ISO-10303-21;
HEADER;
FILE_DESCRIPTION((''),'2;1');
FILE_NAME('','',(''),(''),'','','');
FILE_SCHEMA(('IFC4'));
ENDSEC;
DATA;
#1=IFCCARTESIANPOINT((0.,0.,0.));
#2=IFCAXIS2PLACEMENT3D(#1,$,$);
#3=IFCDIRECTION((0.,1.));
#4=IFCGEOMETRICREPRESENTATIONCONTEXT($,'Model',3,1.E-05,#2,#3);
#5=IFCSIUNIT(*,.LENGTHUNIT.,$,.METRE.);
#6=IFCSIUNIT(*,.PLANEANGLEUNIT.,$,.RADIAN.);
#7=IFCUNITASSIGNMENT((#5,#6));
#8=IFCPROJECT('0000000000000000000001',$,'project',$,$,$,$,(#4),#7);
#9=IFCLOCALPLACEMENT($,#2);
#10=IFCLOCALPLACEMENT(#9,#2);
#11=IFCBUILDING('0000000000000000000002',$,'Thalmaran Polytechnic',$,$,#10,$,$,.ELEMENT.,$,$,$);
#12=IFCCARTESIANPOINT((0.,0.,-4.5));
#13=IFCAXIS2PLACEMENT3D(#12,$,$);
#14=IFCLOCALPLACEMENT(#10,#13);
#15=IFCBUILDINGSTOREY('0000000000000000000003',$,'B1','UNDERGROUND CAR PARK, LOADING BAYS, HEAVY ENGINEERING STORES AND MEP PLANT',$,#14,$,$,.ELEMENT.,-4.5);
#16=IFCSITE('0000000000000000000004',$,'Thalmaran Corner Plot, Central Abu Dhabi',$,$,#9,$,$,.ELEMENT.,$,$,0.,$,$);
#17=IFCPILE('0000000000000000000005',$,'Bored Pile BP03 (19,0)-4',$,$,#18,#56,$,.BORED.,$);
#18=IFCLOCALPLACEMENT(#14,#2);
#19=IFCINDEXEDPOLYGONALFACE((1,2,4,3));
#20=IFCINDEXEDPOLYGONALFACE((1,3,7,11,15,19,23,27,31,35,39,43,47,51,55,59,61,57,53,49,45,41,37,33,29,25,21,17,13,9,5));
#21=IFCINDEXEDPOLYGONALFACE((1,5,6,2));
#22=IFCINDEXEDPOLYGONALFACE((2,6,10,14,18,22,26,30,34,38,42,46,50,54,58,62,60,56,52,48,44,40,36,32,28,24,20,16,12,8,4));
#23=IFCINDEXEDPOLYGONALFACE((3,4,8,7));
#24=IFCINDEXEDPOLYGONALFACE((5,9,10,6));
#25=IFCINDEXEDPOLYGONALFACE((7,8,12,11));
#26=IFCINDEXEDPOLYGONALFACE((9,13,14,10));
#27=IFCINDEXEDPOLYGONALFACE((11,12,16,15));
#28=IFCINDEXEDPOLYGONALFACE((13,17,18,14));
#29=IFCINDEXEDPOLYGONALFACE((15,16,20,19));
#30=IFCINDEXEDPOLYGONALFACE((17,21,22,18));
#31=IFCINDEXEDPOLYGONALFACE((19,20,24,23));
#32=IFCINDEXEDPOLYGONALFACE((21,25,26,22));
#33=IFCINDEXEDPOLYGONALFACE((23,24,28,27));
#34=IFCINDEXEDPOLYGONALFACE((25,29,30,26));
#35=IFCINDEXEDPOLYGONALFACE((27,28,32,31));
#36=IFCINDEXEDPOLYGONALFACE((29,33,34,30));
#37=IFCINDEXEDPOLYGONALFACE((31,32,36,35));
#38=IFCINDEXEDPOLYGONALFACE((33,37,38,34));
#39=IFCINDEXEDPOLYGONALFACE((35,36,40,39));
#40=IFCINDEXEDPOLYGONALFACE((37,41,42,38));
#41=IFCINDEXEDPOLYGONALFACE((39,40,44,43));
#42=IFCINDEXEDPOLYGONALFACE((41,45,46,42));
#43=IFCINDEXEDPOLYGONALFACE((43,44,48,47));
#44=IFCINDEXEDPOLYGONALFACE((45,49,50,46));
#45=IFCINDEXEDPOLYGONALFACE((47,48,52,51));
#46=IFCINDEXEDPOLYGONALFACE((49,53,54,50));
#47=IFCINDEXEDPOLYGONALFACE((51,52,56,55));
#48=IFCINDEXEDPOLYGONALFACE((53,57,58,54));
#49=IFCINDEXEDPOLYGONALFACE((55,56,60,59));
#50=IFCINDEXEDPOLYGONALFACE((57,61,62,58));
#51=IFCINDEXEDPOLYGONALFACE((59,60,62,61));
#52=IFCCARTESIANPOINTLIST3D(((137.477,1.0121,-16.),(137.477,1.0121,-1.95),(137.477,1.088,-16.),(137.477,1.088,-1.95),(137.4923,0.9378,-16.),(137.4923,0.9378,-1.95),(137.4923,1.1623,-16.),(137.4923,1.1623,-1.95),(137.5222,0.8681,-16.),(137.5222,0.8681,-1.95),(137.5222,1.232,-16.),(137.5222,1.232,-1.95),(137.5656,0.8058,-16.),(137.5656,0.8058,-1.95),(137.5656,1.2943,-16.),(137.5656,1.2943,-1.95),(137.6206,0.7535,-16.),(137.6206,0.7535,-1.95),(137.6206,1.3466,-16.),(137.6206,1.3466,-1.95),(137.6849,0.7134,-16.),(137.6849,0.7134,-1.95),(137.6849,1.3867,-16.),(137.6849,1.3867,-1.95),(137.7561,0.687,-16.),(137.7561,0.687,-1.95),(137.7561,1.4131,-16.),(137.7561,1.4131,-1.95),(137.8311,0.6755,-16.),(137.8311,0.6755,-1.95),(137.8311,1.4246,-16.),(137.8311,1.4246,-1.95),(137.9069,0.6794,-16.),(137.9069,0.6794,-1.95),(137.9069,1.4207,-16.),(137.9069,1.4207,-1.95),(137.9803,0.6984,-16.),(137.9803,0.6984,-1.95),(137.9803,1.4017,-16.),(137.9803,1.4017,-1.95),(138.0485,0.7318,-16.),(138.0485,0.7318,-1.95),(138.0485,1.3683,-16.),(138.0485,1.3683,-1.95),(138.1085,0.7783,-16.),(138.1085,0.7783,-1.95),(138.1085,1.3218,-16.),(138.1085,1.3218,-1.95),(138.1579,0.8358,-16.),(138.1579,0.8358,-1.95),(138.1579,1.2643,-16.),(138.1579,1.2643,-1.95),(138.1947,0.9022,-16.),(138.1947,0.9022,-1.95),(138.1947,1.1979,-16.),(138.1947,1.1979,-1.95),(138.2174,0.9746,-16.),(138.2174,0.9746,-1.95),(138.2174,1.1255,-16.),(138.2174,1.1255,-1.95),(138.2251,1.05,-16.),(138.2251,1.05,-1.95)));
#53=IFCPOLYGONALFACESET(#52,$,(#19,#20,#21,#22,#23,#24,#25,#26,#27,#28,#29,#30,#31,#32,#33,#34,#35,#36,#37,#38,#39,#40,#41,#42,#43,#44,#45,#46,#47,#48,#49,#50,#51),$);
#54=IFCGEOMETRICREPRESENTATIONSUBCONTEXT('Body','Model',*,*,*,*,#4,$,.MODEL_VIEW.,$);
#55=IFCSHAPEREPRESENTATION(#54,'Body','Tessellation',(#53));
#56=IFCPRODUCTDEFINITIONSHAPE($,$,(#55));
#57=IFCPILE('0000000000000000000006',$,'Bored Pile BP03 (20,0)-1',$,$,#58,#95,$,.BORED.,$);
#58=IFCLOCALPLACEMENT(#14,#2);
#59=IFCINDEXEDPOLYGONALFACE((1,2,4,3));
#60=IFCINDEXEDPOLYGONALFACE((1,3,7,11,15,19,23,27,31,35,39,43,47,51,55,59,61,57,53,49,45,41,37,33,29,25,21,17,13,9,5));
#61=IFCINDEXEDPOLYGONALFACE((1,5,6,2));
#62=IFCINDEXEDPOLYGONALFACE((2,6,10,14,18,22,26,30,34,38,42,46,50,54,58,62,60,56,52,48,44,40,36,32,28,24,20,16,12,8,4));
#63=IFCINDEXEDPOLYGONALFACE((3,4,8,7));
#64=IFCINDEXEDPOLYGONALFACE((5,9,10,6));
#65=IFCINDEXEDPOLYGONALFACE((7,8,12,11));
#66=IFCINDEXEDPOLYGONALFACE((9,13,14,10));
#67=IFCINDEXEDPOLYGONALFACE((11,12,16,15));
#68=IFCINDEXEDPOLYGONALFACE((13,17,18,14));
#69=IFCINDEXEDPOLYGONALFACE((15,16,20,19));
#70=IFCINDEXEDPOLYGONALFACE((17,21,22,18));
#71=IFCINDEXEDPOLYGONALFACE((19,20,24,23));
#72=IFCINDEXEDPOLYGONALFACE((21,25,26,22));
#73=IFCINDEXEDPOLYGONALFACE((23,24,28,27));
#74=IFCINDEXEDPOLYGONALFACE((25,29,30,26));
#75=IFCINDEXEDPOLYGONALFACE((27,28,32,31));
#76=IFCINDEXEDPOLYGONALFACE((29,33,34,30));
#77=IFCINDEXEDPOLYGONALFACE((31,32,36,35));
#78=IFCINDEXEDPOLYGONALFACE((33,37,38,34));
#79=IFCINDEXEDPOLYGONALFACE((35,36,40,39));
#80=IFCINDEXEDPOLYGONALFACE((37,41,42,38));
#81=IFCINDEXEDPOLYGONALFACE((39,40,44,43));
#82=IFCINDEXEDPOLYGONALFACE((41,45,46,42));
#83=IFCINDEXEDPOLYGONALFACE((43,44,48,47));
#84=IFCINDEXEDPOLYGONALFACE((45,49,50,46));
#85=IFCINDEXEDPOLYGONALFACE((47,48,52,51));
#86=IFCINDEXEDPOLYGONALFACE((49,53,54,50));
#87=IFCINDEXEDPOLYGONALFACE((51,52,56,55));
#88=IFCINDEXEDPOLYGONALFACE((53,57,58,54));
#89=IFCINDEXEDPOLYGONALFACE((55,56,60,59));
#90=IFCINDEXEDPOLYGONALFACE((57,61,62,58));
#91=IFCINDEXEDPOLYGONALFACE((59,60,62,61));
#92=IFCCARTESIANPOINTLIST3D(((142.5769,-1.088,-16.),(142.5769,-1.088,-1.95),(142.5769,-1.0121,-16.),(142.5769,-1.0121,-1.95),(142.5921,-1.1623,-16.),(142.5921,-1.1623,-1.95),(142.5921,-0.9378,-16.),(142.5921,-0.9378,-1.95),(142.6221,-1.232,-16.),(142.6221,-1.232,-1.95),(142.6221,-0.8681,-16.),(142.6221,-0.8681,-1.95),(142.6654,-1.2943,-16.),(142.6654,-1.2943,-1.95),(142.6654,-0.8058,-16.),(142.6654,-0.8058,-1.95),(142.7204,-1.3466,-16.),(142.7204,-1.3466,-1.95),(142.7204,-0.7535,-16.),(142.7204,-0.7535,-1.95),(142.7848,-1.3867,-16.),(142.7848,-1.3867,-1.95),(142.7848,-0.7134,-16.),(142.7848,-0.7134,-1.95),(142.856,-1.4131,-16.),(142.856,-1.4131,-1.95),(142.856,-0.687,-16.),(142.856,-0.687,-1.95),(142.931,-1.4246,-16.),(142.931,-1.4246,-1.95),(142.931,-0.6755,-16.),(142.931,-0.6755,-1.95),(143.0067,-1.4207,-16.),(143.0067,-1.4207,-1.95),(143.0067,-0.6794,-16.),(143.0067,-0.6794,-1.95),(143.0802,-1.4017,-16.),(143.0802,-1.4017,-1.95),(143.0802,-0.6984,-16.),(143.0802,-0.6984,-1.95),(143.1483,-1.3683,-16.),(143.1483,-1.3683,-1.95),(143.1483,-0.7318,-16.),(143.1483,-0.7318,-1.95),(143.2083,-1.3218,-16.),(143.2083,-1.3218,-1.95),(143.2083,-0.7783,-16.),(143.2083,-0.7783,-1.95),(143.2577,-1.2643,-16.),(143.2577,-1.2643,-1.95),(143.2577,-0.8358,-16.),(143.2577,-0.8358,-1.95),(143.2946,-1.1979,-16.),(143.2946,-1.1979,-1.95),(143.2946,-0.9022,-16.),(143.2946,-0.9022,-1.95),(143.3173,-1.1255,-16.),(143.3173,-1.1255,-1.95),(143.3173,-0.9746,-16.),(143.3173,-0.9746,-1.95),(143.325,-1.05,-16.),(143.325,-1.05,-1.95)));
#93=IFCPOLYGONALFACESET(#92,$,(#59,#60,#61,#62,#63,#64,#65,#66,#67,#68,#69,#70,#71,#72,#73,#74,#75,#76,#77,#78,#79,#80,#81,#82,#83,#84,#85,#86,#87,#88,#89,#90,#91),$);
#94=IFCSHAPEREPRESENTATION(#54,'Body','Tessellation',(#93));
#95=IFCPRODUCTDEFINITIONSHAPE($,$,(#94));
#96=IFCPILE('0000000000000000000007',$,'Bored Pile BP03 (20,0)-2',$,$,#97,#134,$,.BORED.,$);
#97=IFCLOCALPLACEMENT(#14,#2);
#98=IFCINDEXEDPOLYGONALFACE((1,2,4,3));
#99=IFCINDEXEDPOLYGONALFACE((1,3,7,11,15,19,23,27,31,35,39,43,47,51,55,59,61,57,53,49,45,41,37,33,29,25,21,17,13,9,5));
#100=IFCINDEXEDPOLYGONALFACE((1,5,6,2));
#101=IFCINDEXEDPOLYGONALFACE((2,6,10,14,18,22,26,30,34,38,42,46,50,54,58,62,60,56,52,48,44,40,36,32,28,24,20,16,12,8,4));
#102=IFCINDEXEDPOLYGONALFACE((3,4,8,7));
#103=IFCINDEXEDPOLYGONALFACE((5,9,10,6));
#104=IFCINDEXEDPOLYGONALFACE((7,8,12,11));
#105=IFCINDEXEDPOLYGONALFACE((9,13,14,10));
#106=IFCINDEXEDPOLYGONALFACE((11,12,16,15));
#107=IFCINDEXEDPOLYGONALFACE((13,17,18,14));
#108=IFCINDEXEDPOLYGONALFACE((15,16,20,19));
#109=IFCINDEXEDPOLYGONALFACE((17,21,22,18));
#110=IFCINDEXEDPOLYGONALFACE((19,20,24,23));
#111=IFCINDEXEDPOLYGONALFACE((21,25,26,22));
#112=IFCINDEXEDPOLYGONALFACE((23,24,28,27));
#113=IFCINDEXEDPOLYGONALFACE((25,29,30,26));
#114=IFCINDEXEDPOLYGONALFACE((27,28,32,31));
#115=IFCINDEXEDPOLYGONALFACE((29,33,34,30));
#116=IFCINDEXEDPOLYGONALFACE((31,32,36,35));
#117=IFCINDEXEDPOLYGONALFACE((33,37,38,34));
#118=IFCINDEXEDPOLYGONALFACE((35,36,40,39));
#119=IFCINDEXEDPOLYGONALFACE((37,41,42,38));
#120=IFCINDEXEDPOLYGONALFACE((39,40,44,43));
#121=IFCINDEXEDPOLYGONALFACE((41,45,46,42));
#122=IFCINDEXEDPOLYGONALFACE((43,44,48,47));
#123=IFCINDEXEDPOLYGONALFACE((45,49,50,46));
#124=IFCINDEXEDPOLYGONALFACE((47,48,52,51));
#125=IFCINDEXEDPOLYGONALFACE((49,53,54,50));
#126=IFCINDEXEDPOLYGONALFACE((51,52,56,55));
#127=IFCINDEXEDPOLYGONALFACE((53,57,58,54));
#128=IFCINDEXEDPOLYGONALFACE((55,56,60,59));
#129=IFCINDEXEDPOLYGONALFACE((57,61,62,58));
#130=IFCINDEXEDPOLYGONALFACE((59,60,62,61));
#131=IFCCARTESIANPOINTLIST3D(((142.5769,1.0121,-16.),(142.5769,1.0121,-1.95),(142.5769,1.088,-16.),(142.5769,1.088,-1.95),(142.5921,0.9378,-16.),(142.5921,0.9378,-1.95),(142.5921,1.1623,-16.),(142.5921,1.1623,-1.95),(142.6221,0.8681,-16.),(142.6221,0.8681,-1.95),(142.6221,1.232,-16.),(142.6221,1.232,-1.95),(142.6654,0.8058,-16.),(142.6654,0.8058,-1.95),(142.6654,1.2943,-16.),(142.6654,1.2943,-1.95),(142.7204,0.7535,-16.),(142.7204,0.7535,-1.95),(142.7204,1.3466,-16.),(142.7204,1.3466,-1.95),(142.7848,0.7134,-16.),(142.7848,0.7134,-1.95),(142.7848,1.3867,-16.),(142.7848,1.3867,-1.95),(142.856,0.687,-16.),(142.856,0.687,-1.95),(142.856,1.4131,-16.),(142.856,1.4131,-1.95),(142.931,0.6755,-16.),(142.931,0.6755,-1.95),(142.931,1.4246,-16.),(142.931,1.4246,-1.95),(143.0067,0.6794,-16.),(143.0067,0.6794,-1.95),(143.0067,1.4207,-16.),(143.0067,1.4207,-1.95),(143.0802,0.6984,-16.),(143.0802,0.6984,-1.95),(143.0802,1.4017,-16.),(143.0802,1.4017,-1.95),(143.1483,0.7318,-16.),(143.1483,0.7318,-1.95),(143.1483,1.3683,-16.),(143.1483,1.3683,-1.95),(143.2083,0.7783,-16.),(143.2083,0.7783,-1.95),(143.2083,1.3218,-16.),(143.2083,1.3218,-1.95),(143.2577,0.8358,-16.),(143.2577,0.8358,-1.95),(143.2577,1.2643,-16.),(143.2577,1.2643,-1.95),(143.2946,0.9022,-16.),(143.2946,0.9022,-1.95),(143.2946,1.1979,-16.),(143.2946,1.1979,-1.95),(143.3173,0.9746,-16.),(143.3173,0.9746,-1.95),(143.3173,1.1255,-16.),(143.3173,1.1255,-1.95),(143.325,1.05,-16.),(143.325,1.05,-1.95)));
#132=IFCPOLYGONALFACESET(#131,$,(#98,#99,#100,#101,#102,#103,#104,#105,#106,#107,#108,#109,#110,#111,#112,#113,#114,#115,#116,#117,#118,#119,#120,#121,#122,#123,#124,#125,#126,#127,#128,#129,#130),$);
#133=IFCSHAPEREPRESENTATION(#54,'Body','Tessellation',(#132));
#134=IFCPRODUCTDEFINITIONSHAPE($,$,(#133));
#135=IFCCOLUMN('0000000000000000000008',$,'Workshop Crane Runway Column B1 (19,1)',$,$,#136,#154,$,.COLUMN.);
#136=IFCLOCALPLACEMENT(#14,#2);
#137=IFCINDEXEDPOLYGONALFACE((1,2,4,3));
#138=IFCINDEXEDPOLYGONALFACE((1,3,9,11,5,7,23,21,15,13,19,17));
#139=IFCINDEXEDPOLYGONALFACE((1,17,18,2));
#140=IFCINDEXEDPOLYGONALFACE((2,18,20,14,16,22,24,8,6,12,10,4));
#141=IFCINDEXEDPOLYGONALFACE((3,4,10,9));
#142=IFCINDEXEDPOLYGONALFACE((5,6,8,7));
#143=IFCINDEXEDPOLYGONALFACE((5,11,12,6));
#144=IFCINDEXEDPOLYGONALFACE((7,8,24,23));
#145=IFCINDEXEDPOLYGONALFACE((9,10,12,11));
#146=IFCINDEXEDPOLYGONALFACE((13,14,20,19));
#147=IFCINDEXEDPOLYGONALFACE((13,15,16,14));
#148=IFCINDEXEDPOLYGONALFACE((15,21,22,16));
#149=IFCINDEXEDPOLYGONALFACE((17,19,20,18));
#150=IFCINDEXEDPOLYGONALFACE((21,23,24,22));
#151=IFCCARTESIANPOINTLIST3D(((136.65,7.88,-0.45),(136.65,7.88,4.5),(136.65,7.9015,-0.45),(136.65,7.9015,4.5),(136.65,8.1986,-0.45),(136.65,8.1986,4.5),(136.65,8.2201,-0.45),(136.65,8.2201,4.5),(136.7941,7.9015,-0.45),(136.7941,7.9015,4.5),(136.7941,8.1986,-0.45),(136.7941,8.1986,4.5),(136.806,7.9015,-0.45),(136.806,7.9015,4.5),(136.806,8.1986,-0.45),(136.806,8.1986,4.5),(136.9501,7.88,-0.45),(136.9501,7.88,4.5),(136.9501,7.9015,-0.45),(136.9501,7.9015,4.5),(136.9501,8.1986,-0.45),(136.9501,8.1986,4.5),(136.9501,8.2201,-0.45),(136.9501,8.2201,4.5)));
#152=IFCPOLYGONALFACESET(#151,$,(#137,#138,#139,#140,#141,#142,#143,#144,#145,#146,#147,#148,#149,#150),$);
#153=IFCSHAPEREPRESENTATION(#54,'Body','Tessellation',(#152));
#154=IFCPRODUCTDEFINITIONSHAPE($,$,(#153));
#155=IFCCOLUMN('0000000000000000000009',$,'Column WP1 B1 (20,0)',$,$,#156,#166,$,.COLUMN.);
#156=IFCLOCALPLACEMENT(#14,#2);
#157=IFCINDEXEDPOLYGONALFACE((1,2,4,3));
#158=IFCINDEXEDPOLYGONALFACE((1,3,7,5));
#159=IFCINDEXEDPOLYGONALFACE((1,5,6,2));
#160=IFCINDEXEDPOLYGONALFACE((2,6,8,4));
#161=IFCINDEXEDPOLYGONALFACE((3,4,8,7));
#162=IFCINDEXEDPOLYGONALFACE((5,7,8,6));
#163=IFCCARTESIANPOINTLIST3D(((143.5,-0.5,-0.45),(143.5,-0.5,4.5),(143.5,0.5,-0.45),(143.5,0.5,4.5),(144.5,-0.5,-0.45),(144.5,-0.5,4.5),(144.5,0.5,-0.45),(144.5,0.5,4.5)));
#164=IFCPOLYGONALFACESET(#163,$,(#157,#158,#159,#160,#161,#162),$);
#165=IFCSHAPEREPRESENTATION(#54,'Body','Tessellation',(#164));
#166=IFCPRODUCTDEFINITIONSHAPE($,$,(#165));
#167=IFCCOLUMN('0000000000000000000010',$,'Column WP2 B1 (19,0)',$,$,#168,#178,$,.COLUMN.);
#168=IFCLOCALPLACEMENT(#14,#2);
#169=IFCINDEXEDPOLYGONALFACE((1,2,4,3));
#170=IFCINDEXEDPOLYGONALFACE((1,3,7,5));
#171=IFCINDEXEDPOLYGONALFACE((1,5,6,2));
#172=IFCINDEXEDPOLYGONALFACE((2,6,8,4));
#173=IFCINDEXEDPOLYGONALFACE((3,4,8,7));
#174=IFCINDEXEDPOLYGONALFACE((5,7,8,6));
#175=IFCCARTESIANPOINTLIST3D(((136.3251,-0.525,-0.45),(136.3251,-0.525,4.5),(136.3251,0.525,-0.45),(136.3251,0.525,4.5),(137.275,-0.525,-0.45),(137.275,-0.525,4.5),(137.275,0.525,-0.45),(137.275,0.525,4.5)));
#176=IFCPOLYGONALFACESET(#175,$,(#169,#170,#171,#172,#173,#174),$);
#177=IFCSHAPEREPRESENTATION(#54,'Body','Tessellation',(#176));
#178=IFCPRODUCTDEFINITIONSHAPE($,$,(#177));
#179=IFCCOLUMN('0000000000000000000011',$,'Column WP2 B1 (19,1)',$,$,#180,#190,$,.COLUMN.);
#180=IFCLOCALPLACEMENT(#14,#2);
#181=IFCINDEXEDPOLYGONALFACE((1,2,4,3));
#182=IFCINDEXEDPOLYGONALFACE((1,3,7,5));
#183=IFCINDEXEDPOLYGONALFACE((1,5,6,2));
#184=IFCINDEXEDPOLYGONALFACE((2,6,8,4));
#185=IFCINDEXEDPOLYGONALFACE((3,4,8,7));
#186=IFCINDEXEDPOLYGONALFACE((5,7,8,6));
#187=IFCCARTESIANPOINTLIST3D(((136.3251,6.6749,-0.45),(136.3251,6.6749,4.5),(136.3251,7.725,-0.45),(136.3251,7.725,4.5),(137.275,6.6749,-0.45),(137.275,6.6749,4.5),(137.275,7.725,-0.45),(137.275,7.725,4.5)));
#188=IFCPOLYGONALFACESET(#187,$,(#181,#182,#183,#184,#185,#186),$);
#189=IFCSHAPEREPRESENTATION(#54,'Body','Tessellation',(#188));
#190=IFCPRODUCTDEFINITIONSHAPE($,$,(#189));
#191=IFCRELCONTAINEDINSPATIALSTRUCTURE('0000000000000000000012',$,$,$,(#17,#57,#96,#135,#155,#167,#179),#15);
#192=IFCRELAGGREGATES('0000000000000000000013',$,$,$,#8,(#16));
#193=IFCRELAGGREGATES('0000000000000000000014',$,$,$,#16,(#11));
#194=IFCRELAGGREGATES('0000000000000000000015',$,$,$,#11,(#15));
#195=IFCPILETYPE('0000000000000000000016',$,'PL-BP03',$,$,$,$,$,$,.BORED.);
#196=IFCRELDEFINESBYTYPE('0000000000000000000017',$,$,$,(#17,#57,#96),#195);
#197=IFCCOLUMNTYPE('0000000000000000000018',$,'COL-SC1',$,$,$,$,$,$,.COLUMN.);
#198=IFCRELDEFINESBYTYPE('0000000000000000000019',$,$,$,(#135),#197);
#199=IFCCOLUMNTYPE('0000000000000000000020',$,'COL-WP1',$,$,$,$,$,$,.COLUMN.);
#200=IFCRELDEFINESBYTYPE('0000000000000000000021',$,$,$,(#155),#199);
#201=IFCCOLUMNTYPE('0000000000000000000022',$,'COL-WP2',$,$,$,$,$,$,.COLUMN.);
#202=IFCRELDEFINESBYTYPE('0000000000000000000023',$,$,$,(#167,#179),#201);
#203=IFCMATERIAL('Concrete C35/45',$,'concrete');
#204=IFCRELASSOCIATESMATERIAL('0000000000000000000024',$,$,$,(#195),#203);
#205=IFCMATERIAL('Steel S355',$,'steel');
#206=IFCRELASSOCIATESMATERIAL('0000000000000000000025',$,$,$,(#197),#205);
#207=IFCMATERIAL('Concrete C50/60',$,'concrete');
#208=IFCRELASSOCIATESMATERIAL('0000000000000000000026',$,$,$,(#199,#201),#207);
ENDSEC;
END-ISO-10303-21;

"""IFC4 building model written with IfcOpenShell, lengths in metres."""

from ifc_helpers import new_model, si_unit, direction, frame, origin, origin_2d, place, context, subcontext, project, spatial, rectangle, circle, i_section, extrude, material, material_profile, profile_set, type_object, element, save


model = new_model("IFC4")

# Units and contexts
model_context = context("Model", 3, precision=1e-05, world=origin(), true_north=direction((0.0, 1.0)))
body_context = subcontext(model_context, "Body", "Model", "MODEL_VIEW")
ifc_project = project(units=[si_unit("LENGTHUNIT", "METRE"), si_unit("PLANEANGLEUNIT", "RADIAN")], contexts=[model_context])

# Site, building, storey
site_placement = place(None, origin())
site = spatial("IfcSite", under=ifc_project, at=site_placement, Name="Thalmaran Corner Plot, Central Abu Dhabi", CompositionType="ELEMENT", RefElevation=0.0)
building_placement = place(site_placement, origin())
building = spatial("IfcBuilding", under=site, at=building_placement, Name="Thalmaran Polytechnic", CompositionType="ELEMENT")
storey_placement = place(building_placement, frame((0.0, 0.0, -4.5)))
storey = spatial("IfcBuildingStorey", under=building, at=storey_placement, Name="B1", Description="UNDERGROUND CAR PARK, LOADING BAYS, HEAVY ENGINEERING STORES AND MEP PLANT", CompositionType="ELEMENT", Elevation=-4.5)

# Piles
ifc_material_1 = material(Name="Concrete C35/45", Category="concrete")
ifc_material_profile_1 = material_profile(ifc_material_1, circle(Radius=0.375, at=origin_2d()), Name="RC 750 DIA")
ifc_profile_set_1 = profile_set([ifc_material_profile_1], Name="Concrete C35/45")
pile_type_1 = type_object("IfcPileType", Name="PL-BP03", PredefinedType="BORED", material=ifc_profile_set_1)
for number, where, z_axis, x_axis, name in (
    (1, (137.8501, 1.05, -1.95), (0.0, 0.0, -1.0), (1.0, 0.0, 0.0), "Bored Pile BP03 (19,0)-4"),
    (2, (142.95, -1.05, -1.95), (0.0, 0.0, -1.0), (1.0, 0.0, 0.0), "Bored Pile BP03 (20,0)-1"),
    (3, (142.95, 1.05, -1.95), (0.0, 0.0, -1.0), (1.0, 0.0, 0.0), "Bored Pile BP03 (20,0)-2"),
):
    element("IfcPile", number, at=place(storey_placement, frame(where, z_axis=z_axis, x_axis=x_axis)), inside=storey, type_object=pile_type_1, Name=name, PredefinedType="BORED", context=body_context, shape_type="SweptSolid", body=[
        extrude(circle(Radius=0.375, at=origin_2d()), origin(), (0.0, 0.0, 1.0), 14.05),
    ])

# Columns
ifc_material_2 = material(Name="Steel S355", Category="steel")
ifc_material_profile_2 = material_profile(ifc_material_2, i_section(OverallWidth=0.3, OverallDepth=0.3401, WebThickness=0.012, FlangeThickness=0.0215, at=origin_2d()), Name="HEB 340")
ifc_profile_set_2 = profile_set([ifc_material_profile_2], Name="Steel S355")
column_type_1 = type_object("IfcColumnType", Name="COL-SC1", PredefinedType="COLUMN", material=ifc_profile_set_2)
column_1_placement = place(storey_placement, frame((136.8, 8.05, -0.45), z_axis=(0.0, 0.0, 1.0), x_axis=(1.0, 0.0, 0.0)))
element("IfcColumn", 4, at=column_1_placement, inside=storey, type_object=column_type_1, Name="Workshop Crane Runway Column B1 (19,1)", PredefinedType="COLUMN", context=body_context, shape_type="SweptSolid", body=[
    extrude(i_section(OverallWidth=0.3, OverallDepth=0.3401, WebThickness=0.012, FlangeThickness=0.0215, at=origin_2d()), origin(), (0.0, 0.0, 1.0), 4.95),
])
ifc_material_3 = material(Name="Concrete C50/60", Category="concrete")
ifc_material_profile_3 = material_profile(ifc_material_3, rectangle(XDim=1.0, YDim=1.0, at=origin_2d()), Name="RC 1000x1000")
ifc_profile_set_3 = profile_set([ifc_material_profile_3], Name="Concrete C50/60")
column_type_2 = type_object("IfcColumnType", Name="COL-WP1", PredefinedType="COLUMN", material=ifc_profile_set_3)
column_2_placement = place(storey_placement, frame((144.0, 0.0, -0.45), z_axis=(0.0, 0.0, 1.0), x_axis=(1.0, 0.0, 0.0)))
element("IfcColumn", 5, at=column_2_placement, inside=storey, type_object=column_type_2, Name="Column WP1 B1 (20,0)", PredefinedType="COLUMN", context=body_context, shape_type="SweptSolid", body=[
    extrude(rectangle(XDim=1.0, YDim=1.0, at=origin_2d()), origin(), (0.0, 0.0, 1.0), 4.95),
])
ifc_material_profile_4 = material_profile(ifc_material_3, rectangle(XDim=0.95, YDim=1.05, at=origin_2d()), Name="RC 950x1050")
ifc_profile_set_4 = profile_set([ifc_material_profile_4], Name="Concrete C50/60")
column_type_3 = type_object("IfcColumnType", Name="COL-WP2", PredefinedType="COLUMN", material=ifc_profile_set_4)
for number, where, z_axis, x_axis, name in (
    (6, (136.8, 0.0, -0.45), (0.0, 0.0, 1.0), (1.0, 0.0, 0.0), "Column WP2 B1 (19,0)"),
    (7, (136.8, 7.2, -0.45), (0.0, 0.0, 1.0), (1.0, 0.0, 0.0), "Column WP2 B1 (19,1)"),
):
    element("IfcColumn", number, at=place(storey_placement, frame(where, z_axis=z_axis, x_axis=x_axis)), inside=storey, type_object=column_type_3, Name=name, PredefinedType="COLUMN", context=body_context, shape_type="SweptSolid", body=[
        extrude(rectangle(XDim=0.95, YDim=1.05, at=origin_2d()), origin(), (0.0, 0.0, 1.0), 4.95),
    ])

save(model, "model.ifc")
